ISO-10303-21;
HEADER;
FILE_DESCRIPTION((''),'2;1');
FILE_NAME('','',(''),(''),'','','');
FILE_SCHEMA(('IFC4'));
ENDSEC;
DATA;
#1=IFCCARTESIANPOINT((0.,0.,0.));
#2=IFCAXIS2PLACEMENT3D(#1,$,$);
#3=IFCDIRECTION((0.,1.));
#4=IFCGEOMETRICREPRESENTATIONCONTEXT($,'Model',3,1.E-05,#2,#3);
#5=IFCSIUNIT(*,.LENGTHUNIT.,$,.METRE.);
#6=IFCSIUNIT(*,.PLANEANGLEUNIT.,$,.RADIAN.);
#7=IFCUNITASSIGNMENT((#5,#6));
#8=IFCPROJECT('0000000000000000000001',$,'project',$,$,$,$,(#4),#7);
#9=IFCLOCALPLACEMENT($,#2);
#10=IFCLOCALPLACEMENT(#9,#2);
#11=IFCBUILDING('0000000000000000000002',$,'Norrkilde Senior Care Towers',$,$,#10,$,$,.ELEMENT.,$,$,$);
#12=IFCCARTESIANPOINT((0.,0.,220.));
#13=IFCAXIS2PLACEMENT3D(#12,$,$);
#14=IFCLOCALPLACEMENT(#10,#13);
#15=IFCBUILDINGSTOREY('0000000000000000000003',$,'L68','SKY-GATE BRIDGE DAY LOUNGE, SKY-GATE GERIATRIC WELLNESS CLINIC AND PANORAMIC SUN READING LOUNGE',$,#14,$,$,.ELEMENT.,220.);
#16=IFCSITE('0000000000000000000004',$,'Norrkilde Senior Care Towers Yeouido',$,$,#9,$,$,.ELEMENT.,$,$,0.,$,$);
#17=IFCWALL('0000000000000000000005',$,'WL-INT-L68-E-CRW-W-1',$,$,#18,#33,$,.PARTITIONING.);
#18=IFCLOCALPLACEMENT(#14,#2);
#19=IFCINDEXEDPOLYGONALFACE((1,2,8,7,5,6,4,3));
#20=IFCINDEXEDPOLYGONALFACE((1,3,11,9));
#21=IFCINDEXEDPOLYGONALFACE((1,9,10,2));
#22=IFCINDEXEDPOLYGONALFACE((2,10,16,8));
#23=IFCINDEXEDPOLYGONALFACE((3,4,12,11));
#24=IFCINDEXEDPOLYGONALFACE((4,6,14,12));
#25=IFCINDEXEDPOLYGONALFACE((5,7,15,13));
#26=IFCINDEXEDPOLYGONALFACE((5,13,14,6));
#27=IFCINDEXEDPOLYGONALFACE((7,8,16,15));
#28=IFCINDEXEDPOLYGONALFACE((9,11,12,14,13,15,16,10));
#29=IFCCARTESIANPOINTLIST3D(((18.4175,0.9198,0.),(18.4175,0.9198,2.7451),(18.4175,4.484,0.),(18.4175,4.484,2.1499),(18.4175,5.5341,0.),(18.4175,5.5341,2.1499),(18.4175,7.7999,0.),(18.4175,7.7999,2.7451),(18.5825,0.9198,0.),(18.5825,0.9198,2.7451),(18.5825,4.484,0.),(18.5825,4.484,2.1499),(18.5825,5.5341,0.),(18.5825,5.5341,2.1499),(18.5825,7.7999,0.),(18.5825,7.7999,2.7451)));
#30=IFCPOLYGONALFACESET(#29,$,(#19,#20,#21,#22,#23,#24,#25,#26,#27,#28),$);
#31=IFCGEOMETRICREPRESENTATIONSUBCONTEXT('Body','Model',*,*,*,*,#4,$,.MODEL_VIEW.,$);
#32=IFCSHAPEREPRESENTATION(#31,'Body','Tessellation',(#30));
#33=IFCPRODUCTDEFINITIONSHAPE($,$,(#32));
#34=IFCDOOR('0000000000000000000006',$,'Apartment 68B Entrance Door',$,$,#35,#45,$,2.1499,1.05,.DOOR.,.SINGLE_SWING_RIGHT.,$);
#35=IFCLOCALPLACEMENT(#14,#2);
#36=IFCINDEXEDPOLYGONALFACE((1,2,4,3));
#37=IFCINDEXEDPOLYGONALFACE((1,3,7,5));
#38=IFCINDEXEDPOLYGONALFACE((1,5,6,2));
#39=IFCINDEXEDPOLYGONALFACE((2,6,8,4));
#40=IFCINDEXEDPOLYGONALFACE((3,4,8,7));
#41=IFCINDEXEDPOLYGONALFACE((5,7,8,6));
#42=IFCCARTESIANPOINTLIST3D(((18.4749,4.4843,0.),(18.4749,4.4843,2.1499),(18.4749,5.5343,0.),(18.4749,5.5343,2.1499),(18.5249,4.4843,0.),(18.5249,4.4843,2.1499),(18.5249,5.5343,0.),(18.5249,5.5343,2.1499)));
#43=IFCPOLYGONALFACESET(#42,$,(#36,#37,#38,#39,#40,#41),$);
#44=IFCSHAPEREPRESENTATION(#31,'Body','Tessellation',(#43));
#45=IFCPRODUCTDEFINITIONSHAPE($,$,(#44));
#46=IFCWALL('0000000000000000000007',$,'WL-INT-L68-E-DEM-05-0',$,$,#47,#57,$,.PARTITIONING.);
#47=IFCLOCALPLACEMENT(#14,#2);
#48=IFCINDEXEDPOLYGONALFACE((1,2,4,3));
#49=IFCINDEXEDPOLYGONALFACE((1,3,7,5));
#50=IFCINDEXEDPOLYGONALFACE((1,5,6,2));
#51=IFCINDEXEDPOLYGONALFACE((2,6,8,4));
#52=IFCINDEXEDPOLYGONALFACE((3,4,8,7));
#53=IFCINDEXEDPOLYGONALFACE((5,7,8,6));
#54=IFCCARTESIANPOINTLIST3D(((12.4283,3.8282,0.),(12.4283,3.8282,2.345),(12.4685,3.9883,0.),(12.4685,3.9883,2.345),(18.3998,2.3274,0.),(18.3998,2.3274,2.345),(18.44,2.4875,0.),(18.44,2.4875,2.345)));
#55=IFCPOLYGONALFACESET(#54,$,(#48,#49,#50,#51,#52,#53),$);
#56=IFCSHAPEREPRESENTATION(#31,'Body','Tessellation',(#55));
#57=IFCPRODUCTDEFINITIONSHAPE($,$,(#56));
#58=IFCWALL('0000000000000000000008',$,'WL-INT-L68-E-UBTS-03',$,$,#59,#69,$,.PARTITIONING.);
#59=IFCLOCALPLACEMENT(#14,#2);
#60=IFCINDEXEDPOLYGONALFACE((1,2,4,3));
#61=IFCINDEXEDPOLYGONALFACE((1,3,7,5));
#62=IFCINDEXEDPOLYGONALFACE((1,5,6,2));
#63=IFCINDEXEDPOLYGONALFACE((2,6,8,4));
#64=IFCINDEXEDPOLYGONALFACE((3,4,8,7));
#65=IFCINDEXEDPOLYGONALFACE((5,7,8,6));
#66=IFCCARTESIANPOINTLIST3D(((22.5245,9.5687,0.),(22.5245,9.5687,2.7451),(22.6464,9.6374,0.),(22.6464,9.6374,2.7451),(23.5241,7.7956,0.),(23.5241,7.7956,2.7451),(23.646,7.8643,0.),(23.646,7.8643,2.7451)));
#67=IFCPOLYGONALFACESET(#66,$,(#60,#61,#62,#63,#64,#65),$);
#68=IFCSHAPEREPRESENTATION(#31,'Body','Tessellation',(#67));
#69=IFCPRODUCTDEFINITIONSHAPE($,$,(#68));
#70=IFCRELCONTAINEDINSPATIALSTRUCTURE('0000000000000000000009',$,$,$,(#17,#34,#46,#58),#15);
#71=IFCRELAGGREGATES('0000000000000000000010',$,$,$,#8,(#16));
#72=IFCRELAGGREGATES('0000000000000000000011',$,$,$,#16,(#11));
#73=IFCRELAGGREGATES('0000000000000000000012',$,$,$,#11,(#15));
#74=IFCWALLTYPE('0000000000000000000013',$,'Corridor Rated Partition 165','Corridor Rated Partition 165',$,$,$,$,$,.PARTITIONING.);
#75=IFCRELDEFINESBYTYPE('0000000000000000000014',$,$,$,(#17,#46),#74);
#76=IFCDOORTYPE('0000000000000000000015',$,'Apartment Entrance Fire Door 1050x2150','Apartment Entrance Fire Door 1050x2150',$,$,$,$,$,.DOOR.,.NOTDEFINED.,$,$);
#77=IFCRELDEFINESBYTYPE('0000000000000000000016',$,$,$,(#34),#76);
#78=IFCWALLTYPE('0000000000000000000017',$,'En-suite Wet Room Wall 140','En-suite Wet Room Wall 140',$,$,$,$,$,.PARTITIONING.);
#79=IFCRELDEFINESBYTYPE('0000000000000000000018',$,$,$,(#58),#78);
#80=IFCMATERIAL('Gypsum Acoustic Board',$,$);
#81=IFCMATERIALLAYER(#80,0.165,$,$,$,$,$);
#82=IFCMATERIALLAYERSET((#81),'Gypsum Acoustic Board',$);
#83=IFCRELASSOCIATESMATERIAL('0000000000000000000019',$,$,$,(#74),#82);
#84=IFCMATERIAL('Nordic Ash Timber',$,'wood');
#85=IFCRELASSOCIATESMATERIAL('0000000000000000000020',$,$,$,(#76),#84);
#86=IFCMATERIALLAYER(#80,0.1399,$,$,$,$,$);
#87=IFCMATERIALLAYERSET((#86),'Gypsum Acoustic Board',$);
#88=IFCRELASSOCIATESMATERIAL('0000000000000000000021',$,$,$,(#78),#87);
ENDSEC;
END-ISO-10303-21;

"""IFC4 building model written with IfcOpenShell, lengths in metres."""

from ifc_helpers import new_model, si_unit, direction, frame, frame_2d, origin, place, context, subcontext, project, spatial, rectangle, extrude, source, transform, mapped, material, layer, layer_set, type_object, type_shapes, element, fill, save


model = new_model("IFC4")

# Units and contexts
model_context = context("Model", 3, precision=1e-05, world=origin(), true_north=direction((0.0, 1.0)))
body_context = subcontext(model_context, "Body", "Model", "MODEL_VIEW")
ifc_project = project(units=[si_unit("LENGTHUNIT", "METRE"), si_unit("PLANEANGLEUNIT", "RADIAN")], contexts=[model_context])

# Site, building, storey
site_placement = place(None, origin())
site = spatial("IfcSite", under=ifc_project, at=site_placement, Name="Norrkilde Senior Care Towers Yeouido", CompositionType="ELEMENT", RefElevation=0.0)
building_placement = place(site_placement, origin())
building = spatial("IfcBuilding", under=site, at=building_placement, Name="Norrkilde Senior Care Towers", CompositionType="ELEMENT")
storey_placement = place(building_placement, frame((0.0, 0.0, 220.0)))
storey = spatial("IfcBuildingStorey", under=building, at=storey_placement, Name="L68", Description="SKY-GATE BRIDGE DAY LOUNGE, SKY-GATE GERIATRIC WELLNESS CLINIC AND PANORAMIC SUN READING LOUNGE", CompositionType="ELEMENT", Elevation=220.0)

# Shared definitions
ifc_material_1 = material(Name="Gypsum Acoustic Board")
ifc_layer_1 = layer(ifc_material_1, 0.165)
ifc_layer_set_1 = layer_set([ifc_layer_1], Name="Gypsum Acoustic Board")
wall_type_1 = type_object("IfcWallType", Name="Corridor Rated Partition 165", Description="Corridor Rated Partition 165", PredefinedType="PARTITIONING", material=ifc_layer_set_1)

# Wall, opening, door
shared_shape_1 = source(origin(), body_context, "Body", "SweptSolid", [
    extrude(rectangle(XDim=6.8801, YDim=0.165, at=frame_2d((3.4399, 0.0))), origin(), (0.0, 0.0, 1.0), 2.7451),
])
wall_1_placement = place(storey_placement, frame((18.5, 0.9199, 0.0), z_axis=(0.0, 0.0, 1.0), x_axis=(0.0, 1.0, 0.0)))
wall_1 = element("IfcWall", 1, at=wall_1_placement, inside=storey, type_object=wall_type_1, Name="WL-INT-L68-E-CRW-W-1", PredefinedType="PARTITIONING", context=body_context, shape_type="MappedRepresentation", body=[
    mapped(shared_shape_1, transform((0.0, 0.0, 0.0), x_axis=(1.0, 0.0, 0.0), y_axis=(0.0, 1.0, 0.0), z_axis=(0.0, 0.0, 1.0), scale=1.0)),
])
opening_1_placement = place(wall_1_placement, frame((3.5642, 0.0, 0.0)))
opening_1 = element("IfcOpeningElement", 2, at=opening_1_placement, cuts=wall_1, PredefinedType="OPENING", context=body_context, shape_type="SweptSolid", body=[
    extrude(rectangle(XDim=1.05, YDim=2.1499, at=frame_2d((0.5249, 1.075))), frame((0.0, 0.0925, 0.0), z_axis=(0.0, -1.0, 0.0), x_axis=(1.0, 0.0, 0.0)), (0.0, 0.0, 1.0), 0.1851),
])
ifc_material_2 = material(Name="Nordic Ash Timber", Category="wood")
door_type_1 = type_object("IfcDoorType", Name="Apartment Entrance Fire Door 1050x2150", Description="Apartment Entrance Fire Door 1050x2150", OperationType="NOTDEFINED", PredefinedType="DOOR", material=ifc_material_2)
shared_shape_2 = source(origin(), body_context, "Body", "SweptSolid", [
    extrude(rectangle(XDim=1.05, YDim=2.1499, at=frame_2d((0.5249, 1.075))), frame((0.0, 0.0249, 0.0), z_axis=(0.0, -1.0, 0.0), x_axis=(1.0, 0.0, 0.0)), (0.0, 0.0, 1.0), 0.05),
])
type_shapes(door_type_1, [shared_shape_2])
door_1_placement = place(opening_1_placement, frame((1.05, 0.0, 0.0), z_axis=(0.0, 0.0, 1.0), x_axis=(-1.0, 0.0, 0.0)))
door_1 = element("IfcDoor", 3, at=door_1_placement, inside=storey, type_object=door_type_1, Name="Apartment 68B Entrance Door", OperationType="SINGLE_SWING_RIGHT", OverallHeight=2.1499, OverallWidth=1.05, PredefinedType="DOOR", context=body_context, shape_type="MappedRepresentation", body=[
    mapped(shared_shape_2, transform((0.0, 0.0, 0.0), x_axis=(1.0, 0.0, 0.0), y_axis=(0.0, 1.0, 0.0), z_axis=(0.0, 0.0, 1.0), scale=1.0)),
])
fill(opening_1, door_1)

# Walls
shared_shape_3 = source(origin(), body_context, "Body", "SweptSolid", [
    extrude(rectangle(XDim=6.1572, YDim=0.165, at=frame_2d((3.0786, 0.0))), origin(), (0.0, 0.0, 1.0), 2.345),
])
wall_2_placement = place(storey_placement, frame((18.4199, 2.4075, 0.0), z_axis=(0.0, 0.0, 1.0), x_axis=(-0.969841, 0.243739, 0.0)))
element("IfcWall", 4, at=wall_2_placement, inside=storey, type_object=wall_type_1, Name="WL-INT-L68-E-DEM-05-0", PredefinedType="PARTITIONING", context=body_context, shape_type="MappedRepresentation", body=[
    mapped(shared_shape_3, transform((0.0, 0.0, 0.0), x_axis=(1.0, 0.0, 0.0), y_axis=(0.0, 1.0, 0.0), z_axis=(0.0, 0.0, 1.0), scale=1.0)),
])
ifc_layer_2 = layer(ifc_material_1, 0.1399)
ifc_layer_set_2 = layer_set([ifc_layer_2], Name="Gypsum Acoustic Board")
wall_type_2 = type_object("IfcWallType", Name="En-suite Wet Room Wall 140", Description="En-suite Wet Room Wall 140", PredefinedType="PARTITIONING", material=ifc_layer_set_2)
shared_shape_4 = source(origin(), body_context, "Body", "SweptSolid", [
    extrude(rectangle(XDim=2.0354, YDim=0.1399, at=frame_2d((1.0176, 0.0))), origin(), (0.0, 0.0, 1.0), 2.7451),
])
type_shapes(wall_type_2, [shared_shape_4])
wall_3_placement = place(storey_placement, frame((23.585, 7.8301, 0.0), z_axis=(0.0, 0.0, 1.0), x_axis=(-0.491093, 0.871107, 0.0)))
element("IfcWall", 5, at=wall_3_placement, inside=storey, type_object=wall_type_2, Name="WL-INT-L68-E-UBTS-03", PredefinedType="PARTITIONING", context=body_context, shape_type="MappedRepresentation", body=[
    mapped(shared_shape_4, transform((0.0, 0.0, 0.0), x_axis=(1.0, 0.0, 0.0), y_axis=(0.0, 1.0, 0.0), z_axis=(0.0, 0.0, 1.0), scale=1.0)),
])

save(model, "model.ifc")
